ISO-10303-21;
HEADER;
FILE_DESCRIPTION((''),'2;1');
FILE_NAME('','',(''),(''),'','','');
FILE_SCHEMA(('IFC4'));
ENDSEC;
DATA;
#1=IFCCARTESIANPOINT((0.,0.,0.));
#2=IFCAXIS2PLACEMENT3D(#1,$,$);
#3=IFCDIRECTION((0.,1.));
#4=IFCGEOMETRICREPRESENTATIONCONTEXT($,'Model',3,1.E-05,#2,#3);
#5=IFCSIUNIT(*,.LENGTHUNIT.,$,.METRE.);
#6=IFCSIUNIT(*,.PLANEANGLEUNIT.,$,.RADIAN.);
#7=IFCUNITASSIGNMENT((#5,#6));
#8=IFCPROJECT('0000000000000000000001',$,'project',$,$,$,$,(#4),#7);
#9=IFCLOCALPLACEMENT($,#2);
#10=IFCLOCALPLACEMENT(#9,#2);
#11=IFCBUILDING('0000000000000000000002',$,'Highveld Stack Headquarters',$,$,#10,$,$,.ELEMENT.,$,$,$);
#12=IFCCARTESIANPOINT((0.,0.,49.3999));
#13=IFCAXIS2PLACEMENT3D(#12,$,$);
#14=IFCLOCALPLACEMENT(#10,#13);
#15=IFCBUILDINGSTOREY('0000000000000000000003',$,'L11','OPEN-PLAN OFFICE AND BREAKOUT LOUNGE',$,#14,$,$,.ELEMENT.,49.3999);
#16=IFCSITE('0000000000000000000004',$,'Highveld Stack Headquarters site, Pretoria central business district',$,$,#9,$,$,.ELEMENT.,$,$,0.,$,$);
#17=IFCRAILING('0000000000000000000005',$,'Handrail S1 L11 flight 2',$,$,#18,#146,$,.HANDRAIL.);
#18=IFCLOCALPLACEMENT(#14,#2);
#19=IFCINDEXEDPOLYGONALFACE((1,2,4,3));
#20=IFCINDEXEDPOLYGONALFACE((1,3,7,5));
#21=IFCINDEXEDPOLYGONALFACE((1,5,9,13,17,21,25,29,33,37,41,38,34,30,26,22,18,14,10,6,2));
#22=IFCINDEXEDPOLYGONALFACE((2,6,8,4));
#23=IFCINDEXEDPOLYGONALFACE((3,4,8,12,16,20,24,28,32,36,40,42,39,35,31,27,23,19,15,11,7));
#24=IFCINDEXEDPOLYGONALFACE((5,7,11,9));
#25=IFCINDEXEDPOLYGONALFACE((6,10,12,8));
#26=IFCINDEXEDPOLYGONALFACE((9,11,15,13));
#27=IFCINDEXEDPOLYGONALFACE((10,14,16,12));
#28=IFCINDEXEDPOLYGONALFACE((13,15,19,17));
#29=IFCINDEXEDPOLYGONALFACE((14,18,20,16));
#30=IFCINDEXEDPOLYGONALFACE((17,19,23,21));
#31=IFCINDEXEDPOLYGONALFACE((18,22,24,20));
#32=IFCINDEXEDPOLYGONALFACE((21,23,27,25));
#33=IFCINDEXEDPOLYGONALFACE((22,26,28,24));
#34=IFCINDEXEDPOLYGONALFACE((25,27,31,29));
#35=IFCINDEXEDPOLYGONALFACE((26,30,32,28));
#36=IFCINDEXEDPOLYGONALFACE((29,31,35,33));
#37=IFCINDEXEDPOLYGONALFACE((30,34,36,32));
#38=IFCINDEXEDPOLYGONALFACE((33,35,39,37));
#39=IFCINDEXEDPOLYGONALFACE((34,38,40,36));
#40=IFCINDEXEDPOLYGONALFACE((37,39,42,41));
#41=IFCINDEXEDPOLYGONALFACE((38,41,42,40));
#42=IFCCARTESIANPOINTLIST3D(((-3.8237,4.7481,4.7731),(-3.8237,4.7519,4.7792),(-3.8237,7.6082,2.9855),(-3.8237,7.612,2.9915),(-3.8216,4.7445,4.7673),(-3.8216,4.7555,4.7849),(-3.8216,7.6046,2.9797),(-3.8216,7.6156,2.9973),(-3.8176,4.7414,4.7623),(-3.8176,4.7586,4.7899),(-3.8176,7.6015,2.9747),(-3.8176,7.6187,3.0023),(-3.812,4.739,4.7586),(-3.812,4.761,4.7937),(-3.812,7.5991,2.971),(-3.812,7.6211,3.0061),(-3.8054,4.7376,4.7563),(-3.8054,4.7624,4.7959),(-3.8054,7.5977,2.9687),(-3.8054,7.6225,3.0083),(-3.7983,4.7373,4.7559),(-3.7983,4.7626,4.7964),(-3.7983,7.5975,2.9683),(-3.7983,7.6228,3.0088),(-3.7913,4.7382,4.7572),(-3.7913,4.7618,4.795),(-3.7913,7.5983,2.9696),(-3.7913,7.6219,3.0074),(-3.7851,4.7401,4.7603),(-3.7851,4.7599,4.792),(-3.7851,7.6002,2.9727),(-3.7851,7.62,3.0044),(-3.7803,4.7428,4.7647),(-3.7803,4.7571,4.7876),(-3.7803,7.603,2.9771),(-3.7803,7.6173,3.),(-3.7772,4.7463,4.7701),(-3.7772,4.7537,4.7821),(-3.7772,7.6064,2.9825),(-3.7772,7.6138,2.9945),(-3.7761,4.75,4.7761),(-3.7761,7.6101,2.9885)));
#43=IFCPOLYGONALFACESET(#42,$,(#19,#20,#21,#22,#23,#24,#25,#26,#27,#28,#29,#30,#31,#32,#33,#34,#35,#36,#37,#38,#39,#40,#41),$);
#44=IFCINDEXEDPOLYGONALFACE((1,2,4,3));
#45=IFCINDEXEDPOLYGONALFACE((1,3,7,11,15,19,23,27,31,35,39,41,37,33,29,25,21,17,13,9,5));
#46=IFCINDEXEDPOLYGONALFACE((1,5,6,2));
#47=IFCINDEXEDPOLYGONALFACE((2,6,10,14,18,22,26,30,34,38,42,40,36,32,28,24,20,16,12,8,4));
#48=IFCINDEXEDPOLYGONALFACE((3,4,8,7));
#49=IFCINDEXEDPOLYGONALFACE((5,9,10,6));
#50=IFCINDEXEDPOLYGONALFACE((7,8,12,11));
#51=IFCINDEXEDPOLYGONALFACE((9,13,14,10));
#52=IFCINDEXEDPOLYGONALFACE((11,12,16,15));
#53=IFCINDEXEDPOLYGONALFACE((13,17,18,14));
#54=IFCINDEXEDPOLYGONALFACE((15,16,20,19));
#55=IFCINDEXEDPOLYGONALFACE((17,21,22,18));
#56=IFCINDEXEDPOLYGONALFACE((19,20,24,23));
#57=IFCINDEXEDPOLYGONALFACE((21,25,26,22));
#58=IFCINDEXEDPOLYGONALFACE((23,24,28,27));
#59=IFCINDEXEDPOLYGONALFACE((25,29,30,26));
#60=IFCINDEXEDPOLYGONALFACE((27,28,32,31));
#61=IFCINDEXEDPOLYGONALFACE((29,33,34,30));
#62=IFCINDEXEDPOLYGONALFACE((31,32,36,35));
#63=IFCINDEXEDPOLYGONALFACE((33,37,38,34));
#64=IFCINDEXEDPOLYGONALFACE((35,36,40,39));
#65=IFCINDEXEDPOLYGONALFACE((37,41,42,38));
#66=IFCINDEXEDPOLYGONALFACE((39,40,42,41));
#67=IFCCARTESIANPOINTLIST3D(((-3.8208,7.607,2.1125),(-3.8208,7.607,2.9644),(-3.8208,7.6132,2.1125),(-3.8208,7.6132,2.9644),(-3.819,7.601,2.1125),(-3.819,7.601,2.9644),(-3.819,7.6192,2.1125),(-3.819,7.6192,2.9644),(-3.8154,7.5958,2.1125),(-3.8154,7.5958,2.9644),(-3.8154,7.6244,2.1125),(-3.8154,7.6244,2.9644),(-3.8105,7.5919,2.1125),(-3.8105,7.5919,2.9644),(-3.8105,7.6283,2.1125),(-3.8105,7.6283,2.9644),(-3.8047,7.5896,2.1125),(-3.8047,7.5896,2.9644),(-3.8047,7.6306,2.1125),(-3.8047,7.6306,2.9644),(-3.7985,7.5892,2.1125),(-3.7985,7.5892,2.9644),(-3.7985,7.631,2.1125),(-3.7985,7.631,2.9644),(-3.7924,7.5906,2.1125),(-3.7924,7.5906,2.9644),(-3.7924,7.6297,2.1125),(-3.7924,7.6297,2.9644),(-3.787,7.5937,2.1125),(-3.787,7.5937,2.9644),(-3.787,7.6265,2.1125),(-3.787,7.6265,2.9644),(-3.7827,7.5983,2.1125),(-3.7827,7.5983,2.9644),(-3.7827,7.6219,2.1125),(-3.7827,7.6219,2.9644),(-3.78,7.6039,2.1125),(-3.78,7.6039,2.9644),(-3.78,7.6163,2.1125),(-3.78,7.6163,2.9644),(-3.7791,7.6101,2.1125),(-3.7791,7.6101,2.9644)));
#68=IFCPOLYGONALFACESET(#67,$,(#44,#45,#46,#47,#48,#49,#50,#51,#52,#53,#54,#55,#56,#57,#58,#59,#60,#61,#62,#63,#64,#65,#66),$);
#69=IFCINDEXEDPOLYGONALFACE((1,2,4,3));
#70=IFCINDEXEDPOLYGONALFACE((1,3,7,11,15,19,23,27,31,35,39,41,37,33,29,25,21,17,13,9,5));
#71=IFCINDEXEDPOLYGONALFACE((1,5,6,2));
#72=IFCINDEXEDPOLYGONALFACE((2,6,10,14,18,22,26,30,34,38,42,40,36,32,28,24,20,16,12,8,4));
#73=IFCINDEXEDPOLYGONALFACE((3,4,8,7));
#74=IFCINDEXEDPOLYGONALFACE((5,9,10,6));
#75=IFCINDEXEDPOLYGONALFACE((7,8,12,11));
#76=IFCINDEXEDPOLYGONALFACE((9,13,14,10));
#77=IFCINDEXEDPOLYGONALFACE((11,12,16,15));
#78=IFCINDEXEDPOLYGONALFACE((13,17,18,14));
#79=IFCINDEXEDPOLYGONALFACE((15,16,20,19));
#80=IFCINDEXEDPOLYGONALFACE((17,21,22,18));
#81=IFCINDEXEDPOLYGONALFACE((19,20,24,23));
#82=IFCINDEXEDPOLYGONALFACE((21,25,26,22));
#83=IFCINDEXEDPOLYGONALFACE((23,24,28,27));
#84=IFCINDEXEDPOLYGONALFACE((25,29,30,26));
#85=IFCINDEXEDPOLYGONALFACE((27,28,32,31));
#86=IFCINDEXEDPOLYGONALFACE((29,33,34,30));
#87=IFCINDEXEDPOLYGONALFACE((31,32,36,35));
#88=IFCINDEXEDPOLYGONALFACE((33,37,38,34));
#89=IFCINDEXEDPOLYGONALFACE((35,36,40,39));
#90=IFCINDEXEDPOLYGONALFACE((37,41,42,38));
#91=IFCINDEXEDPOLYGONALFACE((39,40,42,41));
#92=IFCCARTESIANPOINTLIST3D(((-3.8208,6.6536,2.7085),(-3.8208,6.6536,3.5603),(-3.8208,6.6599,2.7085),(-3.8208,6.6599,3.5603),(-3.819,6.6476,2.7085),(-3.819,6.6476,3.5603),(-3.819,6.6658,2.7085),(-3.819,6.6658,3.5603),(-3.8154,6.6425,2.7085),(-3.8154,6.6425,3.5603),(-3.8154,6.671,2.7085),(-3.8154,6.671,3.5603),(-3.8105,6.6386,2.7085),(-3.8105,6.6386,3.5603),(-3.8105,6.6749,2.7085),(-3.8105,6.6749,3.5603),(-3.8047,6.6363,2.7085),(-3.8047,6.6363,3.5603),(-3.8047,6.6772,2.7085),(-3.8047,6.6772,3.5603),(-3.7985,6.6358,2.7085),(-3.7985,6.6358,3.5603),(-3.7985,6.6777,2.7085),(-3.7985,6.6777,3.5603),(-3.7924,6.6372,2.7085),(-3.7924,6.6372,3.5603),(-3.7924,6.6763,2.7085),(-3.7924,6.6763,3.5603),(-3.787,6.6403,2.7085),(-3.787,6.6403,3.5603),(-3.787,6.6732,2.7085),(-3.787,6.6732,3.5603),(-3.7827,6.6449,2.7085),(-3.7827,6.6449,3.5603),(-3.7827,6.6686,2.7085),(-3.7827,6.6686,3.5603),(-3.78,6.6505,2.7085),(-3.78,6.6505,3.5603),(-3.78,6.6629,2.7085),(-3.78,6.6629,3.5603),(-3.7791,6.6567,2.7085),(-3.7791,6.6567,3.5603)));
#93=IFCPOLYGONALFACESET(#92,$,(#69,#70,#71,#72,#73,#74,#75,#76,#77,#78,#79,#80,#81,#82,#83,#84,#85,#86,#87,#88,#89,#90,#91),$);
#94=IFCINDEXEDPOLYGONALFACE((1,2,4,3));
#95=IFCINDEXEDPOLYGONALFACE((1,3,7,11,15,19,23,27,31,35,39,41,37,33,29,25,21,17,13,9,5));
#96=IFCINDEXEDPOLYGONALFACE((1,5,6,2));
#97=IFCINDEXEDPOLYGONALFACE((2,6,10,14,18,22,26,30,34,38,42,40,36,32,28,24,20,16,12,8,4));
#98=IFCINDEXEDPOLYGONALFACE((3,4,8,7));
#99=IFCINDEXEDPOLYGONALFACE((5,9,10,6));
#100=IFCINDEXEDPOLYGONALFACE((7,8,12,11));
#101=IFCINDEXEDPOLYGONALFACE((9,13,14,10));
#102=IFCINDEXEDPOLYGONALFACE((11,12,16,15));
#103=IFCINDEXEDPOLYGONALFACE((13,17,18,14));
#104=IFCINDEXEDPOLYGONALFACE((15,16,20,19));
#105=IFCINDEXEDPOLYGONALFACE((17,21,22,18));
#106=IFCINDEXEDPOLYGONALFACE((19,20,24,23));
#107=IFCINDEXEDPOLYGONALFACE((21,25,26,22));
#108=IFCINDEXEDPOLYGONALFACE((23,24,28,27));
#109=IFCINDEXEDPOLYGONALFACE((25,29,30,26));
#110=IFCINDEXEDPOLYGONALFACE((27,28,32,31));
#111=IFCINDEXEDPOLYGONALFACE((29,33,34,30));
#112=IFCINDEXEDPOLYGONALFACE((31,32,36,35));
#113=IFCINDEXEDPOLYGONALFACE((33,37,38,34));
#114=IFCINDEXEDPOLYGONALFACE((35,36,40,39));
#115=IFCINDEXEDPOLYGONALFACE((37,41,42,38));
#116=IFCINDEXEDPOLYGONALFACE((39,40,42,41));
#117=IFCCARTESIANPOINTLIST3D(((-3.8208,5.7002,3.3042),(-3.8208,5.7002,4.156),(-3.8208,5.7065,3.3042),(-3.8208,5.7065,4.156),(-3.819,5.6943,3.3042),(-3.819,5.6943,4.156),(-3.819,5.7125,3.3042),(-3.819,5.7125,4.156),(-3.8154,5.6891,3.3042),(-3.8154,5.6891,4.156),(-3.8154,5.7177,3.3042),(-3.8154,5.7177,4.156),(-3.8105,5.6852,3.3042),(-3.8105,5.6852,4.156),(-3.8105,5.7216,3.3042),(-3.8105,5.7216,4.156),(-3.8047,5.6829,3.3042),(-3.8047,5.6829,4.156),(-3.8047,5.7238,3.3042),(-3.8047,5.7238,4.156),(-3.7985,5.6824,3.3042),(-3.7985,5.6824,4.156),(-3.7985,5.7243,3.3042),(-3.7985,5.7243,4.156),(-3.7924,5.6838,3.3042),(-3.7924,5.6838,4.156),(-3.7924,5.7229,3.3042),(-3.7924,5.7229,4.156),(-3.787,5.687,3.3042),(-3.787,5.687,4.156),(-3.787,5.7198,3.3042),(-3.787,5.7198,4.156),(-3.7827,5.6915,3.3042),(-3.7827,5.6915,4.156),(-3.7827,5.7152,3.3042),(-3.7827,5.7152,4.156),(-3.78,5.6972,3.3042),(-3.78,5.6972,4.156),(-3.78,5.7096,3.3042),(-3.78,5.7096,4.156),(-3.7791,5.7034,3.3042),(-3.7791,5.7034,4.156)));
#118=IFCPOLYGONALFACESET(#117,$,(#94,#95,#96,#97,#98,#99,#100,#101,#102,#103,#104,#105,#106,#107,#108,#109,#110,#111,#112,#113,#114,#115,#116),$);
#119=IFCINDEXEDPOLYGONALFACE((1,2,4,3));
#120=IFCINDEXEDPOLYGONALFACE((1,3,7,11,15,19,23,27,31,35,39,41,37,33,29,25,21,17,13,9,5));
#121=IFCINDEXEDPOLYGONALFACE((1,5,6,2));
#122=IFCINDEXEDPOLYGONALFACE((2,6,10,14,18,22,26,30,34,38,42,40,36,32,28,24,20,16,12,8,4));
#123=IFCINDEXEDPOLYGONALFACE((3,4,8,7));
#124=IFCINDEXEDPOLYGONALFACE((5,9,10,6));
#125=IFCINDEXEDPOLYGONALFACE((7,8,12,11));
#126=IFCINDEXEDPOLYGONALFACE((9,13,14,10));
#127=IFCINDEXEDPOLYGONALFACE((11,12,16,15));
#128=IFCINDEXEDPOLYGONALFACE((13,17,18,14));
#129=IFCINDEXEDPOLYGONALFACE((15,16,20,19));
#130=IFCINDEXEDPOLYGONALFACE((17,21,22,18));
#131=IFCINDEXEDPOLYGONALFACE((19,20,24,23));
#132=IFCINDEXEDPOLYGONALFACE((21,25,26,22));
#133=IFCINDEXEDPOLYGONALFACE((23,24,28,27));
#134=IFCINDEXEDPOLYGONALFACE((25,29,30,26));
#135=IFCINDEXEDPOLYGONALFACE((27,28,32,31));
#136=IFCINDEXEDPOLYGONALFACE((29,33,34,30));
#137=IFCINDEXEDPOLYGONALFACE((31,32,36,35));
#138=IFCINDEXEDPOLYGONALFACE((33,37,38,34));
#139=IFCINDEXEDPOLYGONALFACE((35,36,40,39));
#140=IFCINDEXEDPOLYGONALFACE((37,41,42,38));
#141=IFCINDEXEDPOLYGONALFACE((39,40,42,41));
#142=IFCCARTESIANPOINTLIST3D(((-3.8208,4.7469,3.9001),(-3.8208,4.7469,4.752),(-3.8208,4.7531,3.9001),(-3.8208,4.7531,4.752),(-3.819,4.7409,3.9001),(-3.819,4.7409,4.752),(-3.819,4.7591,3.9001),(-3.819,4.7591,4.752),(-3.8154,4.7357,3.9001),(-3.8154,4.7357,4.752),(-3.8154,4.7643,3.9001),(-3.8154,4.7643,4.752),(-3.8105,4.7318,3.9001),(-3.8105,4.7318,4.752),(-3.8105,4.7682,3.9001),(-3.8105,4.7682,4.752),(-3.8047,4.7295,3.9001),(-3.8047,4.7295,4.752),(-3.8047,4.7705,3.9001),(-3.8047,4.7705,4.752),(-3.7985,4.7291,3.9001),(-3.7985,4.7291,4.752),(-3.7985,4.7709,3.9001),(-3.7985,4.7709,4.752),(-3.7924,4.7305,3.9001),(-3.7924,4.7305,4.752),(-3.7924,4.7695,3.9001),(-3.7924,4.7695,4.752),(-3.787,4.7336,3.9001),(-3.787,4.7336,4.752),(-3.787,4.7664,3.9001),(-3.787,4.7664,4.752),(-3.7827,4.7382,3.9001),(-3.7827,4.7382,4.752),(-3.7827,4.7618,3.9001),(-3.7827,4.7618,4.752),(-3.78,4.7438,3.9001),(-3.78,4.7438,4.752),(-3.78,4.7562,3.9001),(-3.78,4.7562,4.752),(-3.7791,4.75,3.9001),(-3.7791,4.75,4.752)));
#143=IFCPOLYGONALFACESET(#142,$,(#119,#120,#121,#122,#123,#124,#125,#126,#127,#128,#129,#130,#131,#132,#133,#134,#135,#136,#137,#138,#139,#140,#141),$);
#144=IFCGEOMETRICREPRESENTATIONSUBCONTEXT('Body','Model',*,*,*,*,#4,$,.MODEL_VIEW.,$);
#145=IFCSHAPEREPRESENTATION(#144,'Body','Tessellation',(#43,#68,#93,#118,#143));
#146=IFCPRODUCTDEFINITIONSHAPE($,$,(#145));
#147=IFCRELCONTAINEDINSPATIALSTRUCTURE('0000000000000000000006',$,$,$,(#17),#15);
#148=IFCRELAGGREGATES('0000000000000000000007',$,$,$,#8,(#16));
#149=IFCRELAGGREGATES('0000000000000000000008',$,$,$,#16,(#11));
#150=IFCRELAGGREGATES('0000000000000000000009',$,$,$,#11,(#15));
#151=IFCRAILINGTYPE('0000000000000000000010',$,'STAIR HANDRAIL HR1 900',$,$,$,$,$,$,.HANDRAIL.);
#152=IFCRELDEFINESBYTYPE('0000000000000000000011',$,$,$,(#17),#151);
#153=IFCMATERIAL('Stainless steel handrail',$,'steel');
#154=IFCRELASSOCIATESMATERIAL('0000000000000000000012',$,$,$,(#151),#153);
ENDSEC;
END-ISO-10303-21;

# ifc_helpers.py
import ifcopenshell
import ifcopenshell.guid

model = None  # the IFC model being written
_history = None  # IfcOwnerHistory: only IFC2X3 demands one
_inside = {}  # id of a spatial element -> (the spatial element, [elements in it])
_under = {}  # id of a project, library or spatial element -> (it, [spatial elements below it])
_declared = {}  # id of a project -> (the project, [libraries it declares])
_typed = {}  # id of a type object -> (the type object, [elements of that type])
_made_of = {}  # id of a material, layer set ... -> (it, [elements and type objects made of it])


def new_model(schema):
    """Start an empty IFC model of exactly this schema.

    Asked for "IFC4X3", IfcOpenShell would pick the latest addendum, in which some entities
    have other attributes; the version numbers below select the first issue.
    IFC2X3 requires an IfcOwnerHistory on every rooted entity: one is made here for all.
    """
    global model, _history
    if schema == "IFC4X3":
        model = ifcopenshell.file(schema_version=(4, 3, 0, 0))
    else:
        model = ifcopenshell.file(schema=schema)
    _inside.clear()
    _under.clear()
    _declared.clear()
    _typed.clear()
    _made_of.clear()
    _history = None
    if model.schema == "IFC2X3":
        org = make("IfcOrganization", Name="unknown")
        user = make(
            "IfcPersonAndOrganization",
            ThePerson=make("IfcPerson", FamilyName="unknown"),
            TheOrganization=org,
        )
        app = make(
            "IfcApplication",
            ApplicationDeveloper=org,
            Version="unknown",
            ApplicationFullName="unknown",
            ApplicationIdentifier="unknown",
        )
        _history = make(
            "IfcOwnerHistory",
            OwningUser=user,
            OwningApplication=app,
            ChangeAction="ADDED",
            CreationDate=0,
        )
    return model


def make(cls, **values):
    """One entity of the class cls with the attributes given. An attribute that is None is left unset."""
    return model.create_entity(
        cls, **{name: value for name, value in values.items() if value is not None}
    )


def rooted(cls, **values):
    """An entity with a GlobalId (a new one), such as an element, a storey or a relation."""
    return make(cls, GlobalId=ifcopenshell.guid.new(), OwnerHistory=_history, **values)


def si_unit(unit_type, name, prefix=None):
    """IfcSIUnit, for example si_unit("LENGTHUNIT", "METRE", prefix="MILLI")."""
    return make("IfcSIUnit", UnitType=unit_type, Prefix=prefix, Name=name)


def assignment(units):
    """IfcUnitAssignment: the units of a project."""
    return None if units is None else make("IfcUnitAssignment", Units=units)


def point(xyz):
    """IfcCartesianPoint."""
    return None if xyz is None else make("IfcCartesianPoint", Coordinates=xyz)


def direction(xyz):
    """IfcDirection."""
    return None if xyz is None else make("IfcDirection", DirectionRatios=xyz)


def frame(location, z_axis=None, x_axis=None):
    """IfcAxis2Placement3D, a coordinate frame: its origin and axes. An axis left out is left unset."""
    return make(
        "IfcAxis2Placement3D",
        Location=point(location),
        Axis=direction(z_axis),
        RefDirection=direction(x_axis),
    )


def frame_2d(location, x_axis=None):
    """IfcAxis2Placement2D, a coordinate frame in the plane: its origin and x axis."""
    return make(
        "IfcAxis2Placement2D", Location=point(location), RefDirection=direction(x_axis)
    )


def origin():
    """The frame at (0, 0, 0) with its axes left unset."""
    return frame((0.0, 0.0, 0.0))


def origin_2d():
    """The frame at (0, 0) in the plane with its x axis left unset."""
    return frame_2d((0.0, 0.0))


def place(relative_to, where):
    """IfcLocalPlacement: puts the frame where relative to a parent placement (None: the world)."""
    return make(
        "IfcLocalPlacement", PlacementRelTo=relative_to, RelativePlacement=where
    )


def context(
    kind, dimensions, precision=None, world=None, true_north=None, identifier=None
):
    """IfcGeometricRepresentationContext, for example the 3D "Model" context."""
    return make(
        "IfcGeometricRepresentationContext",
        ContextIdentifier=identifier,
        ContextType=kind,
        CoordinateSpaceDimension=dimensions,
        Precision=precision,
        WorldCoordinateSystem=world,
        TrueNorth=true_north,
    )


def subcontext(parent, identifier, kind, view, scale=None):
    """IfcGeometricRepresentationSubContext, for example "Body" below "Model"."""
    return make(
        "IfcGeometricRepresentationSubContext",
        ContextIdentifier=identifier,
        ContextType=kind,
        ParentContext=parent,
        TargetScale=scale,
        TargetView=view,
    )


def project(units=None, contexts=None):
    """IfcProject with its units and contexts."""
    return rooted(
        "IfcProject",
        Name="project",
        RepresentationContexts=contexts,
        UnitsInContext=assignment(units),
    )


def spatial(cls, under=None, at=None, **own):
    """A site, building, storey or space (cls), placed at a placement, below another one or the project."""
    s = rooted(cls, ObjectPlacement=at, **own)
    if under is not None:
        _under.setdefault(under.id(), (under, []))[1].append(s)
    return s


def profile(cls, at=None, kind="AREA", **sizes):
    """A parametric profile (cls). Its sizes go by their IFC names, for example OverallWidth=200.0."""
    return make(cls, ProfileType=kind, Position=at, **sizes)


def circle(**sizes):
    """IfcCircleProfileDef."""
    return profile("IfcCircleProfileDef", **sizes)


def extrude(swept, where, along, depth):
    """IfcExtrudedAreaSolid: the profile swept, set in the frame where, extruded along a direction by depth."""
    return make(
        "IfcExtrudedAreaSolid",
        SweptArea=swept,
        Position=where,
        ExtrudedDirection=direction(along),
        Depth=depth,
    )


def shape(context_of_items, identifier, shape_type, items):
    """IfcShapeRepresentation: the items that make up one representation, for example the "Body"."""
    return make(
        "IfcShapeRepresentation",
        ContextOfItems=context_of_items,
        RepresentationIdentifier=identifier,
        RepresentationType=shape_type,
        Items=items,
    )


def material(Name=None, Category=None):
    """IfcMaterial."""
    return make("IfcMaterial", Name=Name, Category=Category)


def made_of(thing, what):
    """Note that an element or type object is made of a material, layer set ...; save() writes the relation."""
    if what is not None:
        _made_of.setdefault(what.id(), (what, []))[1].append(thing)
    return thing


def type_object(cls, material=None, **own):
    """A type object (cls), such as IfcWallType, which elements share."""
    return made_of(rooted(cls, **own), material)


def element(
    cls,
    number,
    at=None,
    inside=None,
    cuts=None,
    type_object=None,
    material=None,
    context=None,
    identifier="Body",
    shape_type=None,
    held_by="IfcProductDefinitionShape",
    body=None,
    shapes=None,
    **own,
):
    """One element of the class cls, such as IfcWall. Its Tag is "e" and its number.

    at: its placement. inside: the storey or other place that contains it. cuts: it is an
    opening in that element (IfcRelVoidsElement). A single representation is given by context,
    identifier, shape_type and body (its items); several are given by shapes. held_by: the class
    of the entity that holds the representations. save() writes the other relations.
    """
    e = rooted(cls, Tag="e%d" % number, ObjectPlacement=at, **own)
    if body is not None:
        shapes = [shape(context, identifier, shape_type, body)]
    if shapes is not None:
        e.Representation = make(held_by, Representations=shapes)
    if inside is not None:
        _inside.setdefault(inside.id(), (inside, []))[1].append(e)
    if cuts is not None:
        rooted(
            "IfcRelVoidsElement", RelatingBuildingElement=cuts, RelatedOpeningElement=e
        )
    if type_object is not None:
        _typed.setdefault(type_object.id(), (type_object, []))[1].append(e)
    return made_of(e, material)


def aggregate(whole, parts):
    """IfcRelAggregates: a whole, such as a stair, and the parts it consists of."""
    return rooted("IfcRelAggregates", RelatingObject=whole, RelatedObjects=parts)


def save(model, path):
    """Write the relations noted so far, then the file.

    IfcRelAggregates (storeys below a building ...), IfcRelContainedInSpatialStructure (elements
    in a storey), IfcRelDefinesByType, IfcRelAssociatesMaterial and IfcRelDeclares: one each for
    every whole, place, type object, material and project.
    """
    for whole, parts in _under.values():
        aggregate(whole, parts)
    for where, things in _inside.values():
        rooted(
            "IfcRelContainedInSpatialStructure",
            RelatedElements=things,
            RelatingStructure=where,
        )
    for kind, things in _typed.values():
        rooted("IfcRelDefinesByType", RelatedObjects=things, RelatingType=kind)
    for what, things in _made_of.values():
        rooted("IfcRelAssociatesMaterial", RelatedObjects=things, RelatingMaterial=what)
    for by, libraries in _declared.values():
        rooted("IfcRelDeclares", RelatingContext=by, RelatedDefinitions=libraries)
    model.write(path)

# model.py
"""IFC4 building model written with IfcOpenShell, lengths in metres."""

from ifc_helpers import new_model, si_unit, direction, frame, origin, origin_2d, place, context, subcontext, project, spatial, circle, extrude, material, type_object, element, save


model = new_model("IFC4")

# Units and contexts
model_context = context("Model", 3, precision=1e-05, world=origin(), true_north=direction((0.0, 1.0)))
body_context = subcontext(model_context, "Body", "Model", "MODEL_VIEW")
ifc_project = project(units=[si_unit("LENGTHUNIT", "METRE"), si_unit("PLANEANGLEUNIT", "RADIAN")], contexts=[model_context])

# Site, building, storey
site_placement = place(None, origin())
site = spatial("IfcSite", under=ifc_project, at=site_placement, Name="Highveld Stack Headquarters site, Pretoria central business district", CompositionType="ELEMENT", RefElevation=0.0)
building_placement = place(site_placement, origin())
building = spatial("IfcBuilding", under=site, at=building_placement, Name="Highveld Stack Headquarters", CompositionType="ELEMENT")
storey_placement = place(building_placement, frame((0.0, 0.0, 49.3999)))
storey = spatial("IfcBuildingStorey", under=building, at=storey_placement, Name="L11", Description="OPEN-PLAN OFFICE AND BREAKOUT LOUNGE", CompositionType="ELEMENT", Elevation=49.3999)

# Railing
ifc_material_1 = material(Name="Stainless steel handrail", Category="steel")
railing_type = type_object("IfcRailingType", Name="STAIR HANDRAIL HR1 900", PredefinedType="HANDRAIL", material=ifc_material_1)
for number, where, name in (
    (1, (-3.8, 7.6101, 2.1125), "Handrail S1 L11 flight 2"),
):
    element("IfcRailing", number, at=place(storey_placement, frame(where)), inside=storey, type_object=railing_type, Name=name, PredefinedType="HANDRAIL", context=body_context, shape_type="SweptSolid", body=[
        extrude(circle(Radius=0.0239, at=origin_2d()), frame((0.0, 0.0, 0.876), z_axis=(0.0, -0.847994, 0.530005), x_axis=(1.0, 0.0, 0.0)), (0.0, 0.0, 1.0), 3.3728),
        extrude(circle(Radius=0.021, at=origin_2d()), origin(), (0.0, 0.0, 1.0), 0.8518),
        extrude(circle(Radius=0.021, at=origin_2d()), frame((0.0, -0.9534, 0.5959)), (0.0, 0.0, 1.0), 0.8518),
        extrude(circle(Radius=0.021, at=origin_2d()), frame((0.0, -1.9067, 1.1917)), (0.0, 0.0, 1.0), 0.8518),
        extrude(circle(Radius=0.021, at=origin_2d()), frame((0.0, -2.8601, 1.7876)), (0.0, 0.0, 1.0), 0.8518),
    ])

save(model, "model.ifc")
